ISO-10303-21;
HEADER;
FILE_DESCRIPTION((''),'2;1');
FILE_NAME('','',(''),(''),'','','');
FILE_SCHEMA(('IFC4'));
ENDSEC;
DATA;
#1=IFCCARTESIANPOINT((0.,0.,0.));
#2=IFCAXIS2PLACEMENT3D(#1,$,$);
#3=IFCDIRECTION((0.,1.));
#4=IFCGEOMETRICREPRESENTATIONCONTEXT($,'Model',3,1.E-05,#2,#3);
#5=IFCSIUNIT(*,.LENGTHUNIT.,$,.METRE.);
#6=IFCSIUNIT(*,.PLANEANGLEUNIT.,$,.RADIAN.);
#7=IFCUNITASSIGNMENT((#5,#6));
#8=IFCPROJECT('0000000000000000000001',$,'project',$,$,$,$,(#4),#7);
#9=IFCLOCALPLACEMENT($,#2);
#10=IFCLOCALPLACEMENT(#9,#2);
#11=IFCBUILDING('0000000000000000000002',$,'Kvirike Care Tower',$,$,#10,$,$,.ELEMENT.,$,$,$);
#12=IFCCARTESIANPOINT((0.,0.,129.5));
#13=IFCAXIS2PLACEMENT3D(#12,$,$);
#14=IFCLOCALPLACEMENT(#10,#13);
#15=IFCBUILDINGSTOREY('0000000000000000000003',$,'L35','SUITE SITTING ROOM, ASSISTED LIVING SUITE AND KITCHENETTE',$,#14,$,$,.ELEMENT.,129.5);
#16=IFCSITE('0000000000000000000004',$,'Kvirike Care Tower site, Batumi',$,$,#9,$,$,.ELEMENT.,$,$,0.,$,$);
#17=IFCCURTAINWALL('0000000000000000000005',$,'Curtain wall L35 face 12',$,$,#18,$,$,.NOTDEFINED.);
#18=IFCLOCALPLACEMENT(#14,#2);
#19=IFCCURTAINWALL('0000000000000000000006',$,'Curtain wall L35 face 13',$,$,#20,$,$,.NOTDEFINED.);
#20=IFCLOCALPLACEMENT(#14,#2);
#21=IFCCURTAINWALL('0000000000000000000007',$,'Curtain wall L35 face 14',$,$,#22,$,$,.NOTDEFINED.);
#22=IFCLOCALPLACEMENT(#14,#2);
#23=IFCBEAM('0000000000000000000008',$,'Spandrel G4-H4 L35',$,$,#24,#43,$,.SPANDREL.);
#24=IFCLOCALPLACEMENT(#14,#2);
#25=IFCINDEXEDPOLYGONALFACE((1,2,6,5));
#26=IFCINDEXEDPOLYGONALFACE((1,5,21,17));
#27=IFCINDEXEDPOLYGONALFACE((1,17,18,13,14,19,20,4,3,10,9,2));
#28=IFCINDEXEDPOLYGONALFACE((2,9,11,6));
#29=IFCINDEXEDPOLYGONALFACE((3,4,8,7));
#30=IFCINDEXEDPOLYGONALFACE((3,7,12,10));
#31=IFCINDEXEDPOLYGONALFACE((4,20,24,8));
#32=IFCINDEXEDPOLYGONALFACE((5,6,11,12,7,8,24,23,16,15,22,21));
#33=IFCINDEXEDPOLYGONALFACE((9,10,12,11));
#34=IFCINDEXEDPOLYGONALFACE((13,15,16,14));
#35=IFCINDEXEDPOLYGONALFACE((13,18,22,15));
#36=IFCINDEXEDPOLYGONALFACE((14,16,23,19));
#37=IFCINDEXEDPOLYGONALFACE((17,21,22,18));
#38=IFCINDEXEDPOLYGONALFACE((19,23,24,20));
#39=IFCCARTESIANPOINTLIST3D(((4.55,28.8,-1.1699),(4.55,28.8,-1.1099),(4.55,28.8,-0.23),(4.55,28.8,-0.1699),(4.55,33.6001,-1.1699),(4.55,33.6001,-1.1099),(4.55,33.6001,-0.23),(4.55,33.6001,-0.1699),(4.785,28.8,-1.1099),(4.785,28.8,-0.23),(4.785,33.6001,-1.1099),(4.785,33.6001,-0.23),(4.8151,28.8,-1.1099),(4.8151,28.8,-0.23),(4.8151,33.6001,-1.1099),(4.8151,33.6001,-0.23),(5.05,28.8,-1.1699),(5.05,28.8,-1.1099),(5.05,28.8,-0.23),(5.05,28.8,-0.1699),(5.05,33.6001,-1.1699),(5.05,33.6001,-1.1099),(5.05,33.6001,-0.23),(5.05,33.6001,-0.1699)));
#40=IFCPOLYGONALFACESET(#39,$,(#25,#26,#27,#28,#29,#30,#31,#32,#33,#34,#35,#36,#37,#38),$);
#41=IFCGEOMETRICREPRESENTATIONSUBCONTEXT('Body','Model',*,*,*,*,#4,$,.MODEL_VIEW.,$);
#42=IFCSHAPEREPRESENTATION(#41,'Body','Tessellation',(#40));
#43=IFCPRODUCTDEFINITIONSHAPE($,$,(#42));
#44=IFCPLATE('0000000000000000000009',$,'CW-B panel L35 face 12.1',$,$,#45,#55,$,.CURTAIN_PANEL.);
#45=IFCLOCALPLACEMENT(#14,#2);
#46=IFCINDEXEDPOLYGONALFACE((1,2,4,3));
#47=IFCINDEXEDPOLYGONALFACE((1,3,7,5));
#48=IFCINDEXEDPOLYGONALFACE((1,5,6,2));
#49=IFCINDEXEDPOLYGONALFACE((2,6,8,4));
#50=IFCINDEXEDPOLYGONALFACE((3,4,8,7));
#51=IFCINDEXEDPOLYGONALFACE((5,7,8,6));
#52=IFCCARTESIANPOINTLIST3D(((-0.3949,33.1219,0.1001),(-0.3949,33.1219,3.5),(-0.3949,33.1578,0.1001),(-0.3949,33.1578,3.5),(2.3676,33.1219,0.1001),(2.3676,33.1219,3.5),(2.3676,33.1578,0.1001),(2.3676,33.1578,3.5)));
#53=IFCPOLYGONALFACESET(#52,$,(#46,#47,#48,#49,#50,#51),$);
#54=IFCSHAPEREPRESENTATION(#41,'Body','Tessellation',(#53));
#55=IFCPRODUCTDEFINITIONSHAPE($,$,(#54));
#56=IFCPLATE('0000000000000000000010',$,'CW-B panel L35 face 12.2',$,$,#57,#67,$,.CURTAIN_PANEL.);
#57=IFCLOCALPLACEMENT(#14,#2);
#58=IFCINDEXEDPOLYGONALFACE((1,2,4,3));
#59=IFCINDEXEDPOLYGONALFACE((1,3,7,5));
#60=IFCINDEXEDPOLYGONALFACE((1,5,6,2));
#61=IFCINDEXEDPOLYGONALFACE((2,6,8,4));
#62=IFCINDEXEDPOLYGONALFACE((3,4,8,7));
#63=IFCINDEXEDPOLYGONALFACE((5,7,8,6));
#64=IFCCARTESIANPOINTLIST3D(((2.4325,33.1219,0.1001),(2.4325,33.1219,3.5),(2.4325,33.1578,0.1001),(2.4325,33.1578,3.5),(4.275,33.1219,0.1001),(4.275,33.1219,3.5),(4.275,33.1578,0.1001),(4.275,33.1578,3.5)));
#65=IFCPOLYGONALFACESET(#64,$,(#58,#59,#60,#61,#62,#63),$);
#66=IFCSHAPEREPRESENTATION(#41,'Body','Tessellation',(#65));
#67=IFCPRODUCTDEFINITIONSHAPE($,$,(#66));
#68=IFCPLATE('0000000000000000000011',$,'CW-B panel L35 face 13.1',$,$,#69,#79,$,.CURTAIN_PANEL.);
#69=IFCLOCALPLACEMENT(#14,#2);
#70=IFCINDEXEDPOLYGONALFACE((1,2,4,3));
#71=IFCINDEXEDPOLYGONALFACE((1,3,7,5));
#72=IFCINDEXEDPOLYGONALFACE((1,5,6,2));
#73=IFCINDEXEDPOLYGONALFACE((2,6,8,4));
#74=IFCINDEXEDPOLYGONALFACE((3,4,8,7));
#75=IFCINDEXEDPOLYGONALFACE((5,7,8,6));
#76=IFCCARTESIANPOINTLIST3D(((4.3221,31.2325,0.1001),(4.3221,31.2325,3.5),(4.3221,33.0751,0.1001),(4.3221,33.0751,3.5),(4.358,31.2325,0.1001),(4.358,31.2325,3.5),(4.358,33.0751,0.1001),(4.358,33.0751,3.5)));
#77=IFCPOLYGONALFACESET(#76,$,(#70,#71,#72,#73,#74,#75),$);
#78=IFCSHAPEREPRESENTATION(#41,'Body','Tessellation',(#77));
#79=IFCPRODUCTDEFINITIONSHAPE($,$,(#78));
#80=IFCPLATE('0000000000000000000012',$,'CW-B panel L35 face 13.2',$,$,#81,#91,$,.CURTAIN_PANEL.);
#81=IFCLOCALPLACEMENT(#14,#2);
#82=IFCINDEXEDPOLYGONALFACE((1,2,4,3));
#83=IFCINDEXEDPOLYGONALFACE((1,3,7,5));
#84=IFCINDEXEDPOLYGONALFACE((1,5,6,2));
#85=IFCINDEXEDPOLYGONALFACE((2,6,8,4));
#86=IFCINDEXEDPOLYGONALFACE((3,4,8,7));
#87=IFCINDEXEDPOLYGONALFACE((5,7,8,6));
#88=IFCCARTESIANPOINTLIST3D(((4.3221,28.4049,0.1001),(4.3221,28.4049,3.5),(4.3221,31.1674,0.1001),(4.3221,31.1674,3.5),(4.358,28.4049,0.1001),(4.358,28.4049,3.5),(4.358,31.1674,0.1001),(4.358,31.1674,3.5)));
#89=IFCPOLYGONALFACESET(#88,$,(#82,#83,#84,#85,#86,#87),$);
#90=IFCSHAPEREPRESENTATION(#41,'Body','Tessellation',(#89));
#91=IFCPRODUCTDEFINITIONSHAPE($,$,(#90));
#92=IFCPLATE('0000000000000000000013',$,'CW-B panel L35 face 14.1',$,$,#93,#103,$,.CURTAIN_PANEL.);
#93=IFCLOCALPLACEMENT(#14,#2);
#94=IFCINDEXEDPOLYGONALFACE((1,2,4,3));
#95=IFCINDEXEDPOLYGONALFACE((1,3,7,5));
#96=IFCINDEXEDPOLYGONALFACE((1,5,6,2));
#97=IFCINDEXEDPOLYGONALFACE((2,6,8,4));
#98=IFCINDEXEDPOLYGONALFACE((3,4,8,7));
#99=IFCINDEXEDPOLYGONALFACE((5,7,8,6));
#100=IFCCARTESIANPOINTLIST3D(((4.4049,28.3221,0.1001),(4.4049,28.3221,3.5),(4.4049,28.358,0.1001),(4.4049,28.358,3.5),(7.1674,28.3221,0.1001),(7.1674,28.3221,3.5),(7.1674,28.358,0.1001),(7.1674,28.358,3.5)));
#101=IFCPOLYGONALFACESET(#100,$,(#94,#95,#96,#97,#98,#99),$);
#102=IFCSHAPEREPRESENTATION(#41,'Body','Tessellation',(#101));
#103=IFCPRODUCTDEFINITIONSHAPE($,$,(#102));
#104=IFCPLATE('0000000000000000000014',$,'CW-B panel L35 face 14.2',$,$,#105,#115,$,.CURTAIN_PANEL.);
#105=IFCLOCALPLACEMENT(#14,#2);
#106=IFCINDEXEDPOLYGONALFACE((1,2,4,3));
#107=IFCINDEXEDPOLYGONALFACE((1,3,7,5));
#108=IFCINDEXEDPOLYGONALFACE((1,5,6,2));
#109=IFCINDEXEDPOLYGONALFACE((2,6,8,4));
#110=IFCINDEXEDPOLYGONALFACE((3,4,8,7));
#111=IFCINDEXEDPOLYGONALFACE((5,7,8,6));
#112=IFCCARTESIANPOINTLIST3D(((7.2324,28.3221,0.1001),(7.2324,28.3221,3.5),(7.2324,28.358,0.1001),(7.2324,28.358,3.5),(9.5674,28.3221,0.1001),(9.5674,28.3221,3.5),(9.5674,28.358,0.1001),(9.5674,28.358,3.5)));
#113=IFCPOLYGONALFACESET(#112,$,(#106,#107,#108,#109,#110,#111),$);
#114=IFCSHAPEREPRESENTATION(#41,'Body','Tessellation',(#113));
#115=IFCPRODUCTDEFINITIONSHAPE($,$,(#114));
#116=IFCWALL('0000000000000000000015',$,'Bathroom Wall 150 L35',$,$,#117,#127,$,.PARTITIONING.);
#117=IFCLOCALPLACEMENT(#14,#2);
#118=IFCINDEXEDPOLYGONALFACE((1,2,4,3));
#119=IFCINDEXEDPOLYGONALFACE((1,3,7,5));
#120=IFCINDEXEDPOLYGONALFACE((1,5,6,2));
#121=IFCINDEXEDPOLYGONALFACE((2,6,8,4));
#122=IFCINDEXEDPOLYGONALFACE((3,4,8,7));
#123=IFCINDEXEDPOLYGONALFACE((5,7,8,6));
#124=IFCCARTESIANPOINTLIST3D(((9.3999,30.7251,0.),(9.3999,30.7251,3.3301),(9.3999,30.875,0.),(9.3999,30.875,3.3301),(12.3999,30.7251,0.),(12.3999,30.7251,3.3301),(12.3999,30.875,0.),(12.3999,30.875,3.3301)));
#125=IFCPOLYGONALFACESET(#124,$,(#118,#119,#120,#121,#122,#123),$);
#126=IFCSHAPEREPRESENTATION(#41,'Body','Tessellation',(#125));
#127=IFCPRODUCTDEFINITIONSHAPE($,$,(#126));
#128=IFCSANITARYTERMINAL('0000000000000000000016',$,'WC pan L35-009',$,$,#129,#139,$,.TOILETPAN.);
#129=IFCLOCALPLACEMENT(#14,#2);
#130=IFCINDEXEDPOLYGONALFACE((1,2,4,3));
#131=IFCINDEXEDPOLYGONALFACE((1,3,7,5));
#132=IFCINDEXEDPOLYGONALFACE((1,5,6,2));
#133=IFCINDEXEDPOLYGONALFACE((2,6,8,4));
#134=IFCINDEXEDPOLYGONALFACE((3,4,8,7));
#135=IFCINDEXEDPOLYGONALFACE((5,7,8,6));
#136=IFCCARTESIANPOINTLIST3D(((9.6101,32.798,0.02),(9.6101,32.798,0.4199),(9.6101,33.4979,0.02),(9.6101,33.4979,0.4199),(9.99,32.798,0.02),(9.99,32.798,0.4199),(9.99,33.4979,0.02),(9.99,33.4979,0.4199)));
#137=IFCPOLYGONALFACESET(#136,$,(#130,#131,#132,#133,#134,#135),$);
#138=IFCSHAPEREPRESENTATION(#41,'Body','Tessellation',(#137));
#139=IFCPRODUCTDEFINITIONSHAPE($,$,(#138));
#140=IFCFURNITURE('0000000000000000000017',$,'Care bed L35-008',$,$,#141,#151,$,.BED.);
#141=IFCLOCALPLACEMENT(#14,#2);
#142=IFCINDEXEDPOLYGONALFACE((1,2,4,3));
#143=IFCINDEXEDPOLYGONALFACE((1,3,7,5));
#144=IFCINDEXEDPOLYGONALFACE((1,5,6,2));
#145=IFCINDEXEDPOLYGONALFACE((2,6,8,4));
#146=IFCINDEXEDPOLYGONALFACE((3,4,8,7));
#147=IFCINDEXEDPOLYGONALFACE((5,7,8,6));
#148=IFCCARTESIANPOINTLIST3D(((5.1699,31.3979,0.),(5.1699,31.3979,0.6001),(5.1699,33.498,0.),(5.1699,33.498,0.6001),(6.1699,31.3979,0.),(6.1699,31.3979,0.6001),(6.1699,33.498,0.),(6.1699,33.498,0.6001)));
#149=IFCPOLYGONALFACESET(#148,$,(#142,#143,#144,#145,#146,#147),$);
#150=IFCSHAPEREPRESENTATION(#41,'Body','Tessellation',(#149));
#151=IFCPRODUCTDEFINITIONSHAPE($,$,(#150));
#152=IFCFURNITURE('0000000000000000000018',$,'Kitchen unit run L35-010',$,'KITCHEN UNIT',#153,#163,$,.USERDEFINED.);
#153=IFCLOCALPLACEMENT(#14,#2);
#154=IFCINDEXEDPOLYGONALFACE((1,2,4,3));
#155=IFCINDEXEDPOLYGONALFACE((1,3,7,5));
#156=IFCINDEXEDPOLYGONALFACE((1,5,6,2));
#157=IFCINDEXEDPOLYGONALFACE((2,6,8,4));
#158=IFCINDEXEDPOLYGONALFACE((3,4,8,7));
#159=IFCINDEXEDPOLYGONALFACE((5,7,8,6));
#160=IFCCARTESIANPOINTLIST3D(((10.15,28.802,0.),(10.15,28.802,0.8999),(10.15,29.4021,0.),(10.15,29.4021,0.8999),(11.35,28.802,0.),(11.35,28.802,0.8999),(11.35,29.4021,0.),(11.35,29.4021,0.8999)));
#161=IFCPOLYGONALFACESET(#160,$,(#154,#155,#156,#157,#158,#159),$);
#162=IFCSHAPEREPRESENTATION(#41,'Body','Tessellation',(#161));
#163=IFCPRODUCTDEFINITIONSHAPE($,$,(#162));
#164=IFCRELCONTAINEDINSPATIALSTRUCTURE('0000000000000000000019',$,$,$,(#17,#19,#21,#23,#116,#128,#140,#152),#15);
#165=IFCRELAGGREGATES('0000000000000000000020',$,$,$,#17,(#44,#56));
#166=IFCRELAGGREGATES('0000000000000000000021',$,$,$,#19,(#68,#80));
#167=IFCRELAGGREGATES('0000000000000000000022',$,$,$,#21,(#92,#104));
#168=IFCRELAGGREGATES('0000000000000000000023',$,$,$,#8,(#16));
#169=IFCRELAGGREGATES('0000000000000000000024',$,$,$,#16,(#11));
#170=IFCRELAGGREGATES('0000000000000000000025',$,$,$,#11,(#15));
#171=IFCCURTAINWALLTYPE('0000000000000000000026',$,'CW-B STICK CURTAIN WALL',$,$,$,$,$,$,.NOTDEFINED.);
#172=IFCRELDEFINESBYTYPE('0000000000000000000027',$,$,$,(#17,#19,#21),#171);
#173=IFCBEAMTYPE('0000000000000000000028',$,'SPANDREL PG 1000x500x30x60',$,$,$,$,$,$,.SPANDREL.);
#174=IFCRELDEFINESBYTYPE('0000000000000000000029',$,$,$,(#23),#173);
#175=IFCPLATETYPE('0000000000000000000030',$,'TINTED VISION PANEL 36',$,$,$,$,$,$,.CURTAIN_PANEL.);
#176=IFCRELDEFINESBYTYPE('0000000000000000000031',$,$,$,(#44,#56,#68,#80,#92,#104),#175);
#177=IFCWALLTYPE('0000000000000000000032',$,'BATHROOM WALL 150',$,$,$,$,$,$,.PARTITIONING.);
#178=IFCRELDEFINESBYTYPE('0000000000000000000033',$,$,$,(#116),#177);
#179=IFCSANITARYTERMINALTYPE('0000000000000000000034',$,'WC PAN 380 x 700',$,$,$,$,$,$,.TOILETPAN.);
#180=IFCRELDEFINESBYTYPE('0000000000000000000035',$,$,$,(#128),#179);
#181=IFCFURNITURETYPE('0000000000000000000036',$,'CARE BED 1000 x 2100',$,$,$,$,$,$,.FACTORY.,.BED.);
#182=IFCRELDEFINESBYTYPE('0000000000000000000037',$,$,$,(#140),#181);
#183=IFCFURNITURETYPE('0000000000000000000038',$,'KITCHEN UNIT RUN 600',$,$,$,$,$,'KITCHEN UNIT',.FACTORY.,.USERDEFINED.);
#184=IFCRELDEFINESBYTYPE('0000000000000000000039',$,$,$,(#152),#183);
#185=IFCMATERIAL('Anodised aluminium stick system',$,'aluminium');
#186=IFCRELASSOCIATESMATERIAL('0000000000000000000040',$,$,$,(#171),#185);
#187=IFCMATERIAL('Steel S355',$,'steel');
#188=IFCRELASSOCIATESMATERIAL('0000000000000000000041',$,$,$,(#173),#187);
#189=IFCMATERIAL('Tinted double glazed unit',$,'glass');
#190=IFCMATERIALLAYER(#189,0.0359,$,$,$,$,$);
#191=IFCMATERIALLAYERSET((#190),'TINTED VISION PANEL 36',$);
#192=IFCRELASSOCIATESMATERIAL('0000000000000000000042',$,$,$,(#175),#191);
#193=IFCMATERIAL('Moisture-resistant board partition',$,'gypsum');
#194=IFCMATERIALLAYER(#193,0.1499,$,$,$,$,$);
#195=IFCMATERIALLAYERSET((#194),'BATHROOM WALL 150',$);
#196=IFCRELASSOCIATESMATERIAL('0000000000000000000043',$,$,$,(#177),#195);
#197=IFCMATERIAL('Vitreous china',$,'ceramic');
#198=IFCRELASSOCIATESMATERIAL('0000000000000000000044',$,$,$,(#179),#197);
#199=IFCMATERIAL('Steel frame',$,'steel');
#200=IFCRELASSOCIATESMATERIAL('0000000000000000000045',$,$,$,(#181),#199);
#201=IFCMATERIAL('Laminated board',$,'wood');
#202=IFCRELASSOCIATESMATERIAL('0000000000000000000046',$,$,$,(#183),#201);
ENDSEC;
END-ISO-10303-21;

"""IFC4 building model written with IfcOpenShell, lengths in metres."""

from ifc_helpers import new_model, si_unit, direction, frame, frame_2d, origin, origin_2d, place, context, subcontext, project, spatial, rectangle, i_section, extrude, material, layer, layer_set, material_profile, profile_set, type_object, element, aggregate, save


model = new_model("IFC4")

# Units and contexts
model_context = context("Model", 3, precision=1e-05, world=origin(), true_north=direction((0.0, 1.0)))
body_context = subcontext(model_context, "Body", "Model", "MODEL_VIEW")
ifc_project = project(units=[si_unit("LENGTHUNIT", "METRE"), si_unit("PLANEANGLEUNIT", "RADIAN")], contexts=[model_context])

# Site, building, storey
site_placement = place(None, origin())
site = spatial("IfcSite", under=ifc_project, at=site_placement, Name="Kvirike Care Tower site, Batumi", CompositionType="ELEMENT", RefElevation=0.0)
building_placement = place(site_placement, origin())
building = spatial("IfcBuilding", under=site, at=building_placement, Name="Kvirike Care Tower", CompositionType="ELEMENT")
storey_placement = place(building_placement, frame((0.0, 0.0, 129.5)))
storey = spatial("IfcBuildingStorey", under=building, at=storey_placement, Name="L35", Description="SUITE SITTING ROOM, ASSISTED LIVING SUITE AND KITCHENETTE", CompositionType="ELEMENT", Elevation=129.5)

# Curtain walls
ifc_material_1 = material(Name="Anodised aluminium stick system", Category="aluminium")
curtain_wall_type = type_object("IfcCurtainWallType", Name="CW-B STICK CURTAIN WALL", PredefinedType="NOTDEFINED", material=ifc_material_1)
curtain_wall_1_placement = place(storey_placement, origin())
curtain_wall_1 = element("IfcCurtainWall", 1, at=curtain_wall_1_placement, inside=storey, type_object=curtain_wall_type, Name="Curtain wall L35 face 12", PredefinedType="NOTDEFINED")
curtain_wall_2_placement = place(storey_placement, origin())
curtain_wall_2 = element("IfcCurtainWall", 2, at=curtain_wall_2_placement, inside=storey, type_object=curtain_wall_type, Name="Curtain wall L35 face 13", PredefinedType="NOTDEFINED")
curtain_wall_3_placement = place(storey_placement, origin())
curtain_wall_3 = element("IfcCurtainWall", 3, at=curtain_wall_3_placement, inside=storey, type_object=curtain_wall_type, Name="Curtain wall L35 face 14", PredefinedType="NOTDEFINED")

# Beam
ifc_material_2 = material(Name="Steel S355", Category="steel")
ifc_material_profile_1 = material_profile(ifc_material_2, i_section(OverallWidth=0.5, OverallDepth=1.0, WebThickness=0.03, FlangeThickness=0.0601, at=origin_2d()), Name="PG 1000x500x30x60")
ifc_profile_set_1 = profile_set([ifc_material_profile_1], Name="Steel S355")
beam_type = type_object("IfcBeamType", Name="SPANDREL PG 1000x500x30x60", PredefinedType="SPANDREL", material=ifc_profile_set_1)
beam_1_placement = place(storey_placement, frame((4.8, 28.8, -0.6699), z_axis=(0.0, 1.0, 0.0), x_axis=(-1.0, 0.0, 0.0)))
element("IfcBeam", 4, at=beam_1_placement, inside=storey, type_object=beam_type, Name="Spandrel G4-H4 L35", PredefinedType="SPANDREL", context=body_context, shape_type="SweptSolid", body=[
    extrude(i_section(OverallWidth=0.5, OverallDepth=1.0, WebThickness=0.03, FlangeThickness=0.0601, at=origin_2d()), origin(), (0.0, 0.0, 1.0), 4.8),
])

# Plates
ifc_material_3 = material(Name="Tinted double glazed unit", Category="glass")
ifc_layer_1 = layer(ifc_material_3, 0.0359)
ifc_layer_set_1 = layer_set([ifc_layer_1], Name="TINTED VISION PANEL 36")
plate_type = type_object("IfcPlateType", Name="TINTED VISION PANEL 36", PredefinedType="CURTAIN_PANEL", material=ifc_layer_set_1)
plate_1_placement = place(storey_placement, frame((0.9863, 33.1399, 0.1001), z_axis=(0.0, 0.0, 1.0), x_axis=(1.0, 0.0, 0.0)))
plate_1 = element("IfcPlate", 5, at=plate_1_placement, type_object=plate_type, Name="CW-B panel L35 face 12.1", PredefinedType="CURTAIN_PANEL", context=body_context, shape_type="SweptSolid", body=[
    extrude(rectangle(XDim=2.7625, YDim=0.0359, at=origin_2d()), origin(), (0.0, 0.0, 1.0), 3.3999),
])
plate_2_placement = place(storey_placement, frame((3.3538, 33.1399, 0.1001), z_axis=(0.0, 0.0, 1.0), x_axis=(1.0, 0.0, 0.0)))
plate_2 = element("IfcPlate", 6, at=plate_2_placement, type_object=plate_type, Name="CW-B panel L35 face 12.2", PredefinedType="CURTAIN_PANEL", context=body_context, shape_type="SweptSolid", body=[
    extrude(rectangle(XDim=1.8425, YDim=0.0359, at=origin_2d()), origin(), (0.0, 0.0, 1.0), 3.3999),
])
aggregate(curtain_wall_1, [plate_1, plate_2])
plate_3_placement = place(storey_placement, frame((4.3401, 32.1538, 0.1001), z_axis=(0.0, 0.0, 1.0), x_axis=(0.0, -1.0, 0.0)))
plate_3 = element("IfcPlate", 7, at=plate_3_placement, type_object=plate_type, Name="CW-B panel L35 face 13.1", PredefinedType="CURTAIN_PANEL", context=body_context, shape_type="SweptSolid", body=[
    extrude(rectangle(XDim=1.8425, YDim=0.0359, at=origin_2d()), origin(), (0.0, 0.0, 1.0), 3.3999),
])
plate_4_placement = place(storey_placement, frame((4.3401, 29.7861, 0.1001), z_axis=(0.0, 0.0, 1.0), x_axis=(0.0, -1.0, 0.0)))
plate_4 = element("IfcPlate", 8, at=plate_4_placement, type_object=plate_type, Name="CW-B panel L35 face 13.2", PredefinedType="CURTAIN_PANEL", context=body_context, shape_type="SweptSolid", body=[
    extrude(rectangle(XDim=2.7625, YDim=0.0359, at=origin_2d()), origin(), (0.0, 0.0, 1.0), 3.3999),
])
aggregate(curtain_wall_2, [plate_3, plate_4])
plate_5_placement = place(storey_placement, frame((5.7861, 28.3401, 0.1001), z_axis=(0.0, 0.0, 1.0), x_axis=(1.0, 0.0, 0.0)))
plate_5 = element("IfcPlate", 9, at=plate_5_placement, type_object=plate_type, Name="CW-B panel L35 face 14.1", PredefinedType="CURTAIN_PANEL", context=body_context, shape_type="SweptSolid", body=[
    extrude(rectangle(XDim=2.7625, YDim=0.0359, at=origin_2d()), origin(), (0.0, 0.0, 1.0), 3.3999),
])
plate_6_placement = place(storey_placement, frame((8.3999, 28.3401, 0.1001), z_axis=(0.0, 0.0, 1.0), x_axis=(1.0, 0.0, 0.0)))
plate_6 = element("IfcPlate", 10, at=plate_6_placement, type_object=plate_type, Name="CW-B panel L35 face 14.2", PredefinedType="CURTAIN_PANEL", context=body_context, shape_type="SweptSolid", body=[
    extrude(rectangle(XDim=2.335, YDim=0.0359, at=origin_2d()), origin(), (0.0, 0.0, 1.0), 3.3999),
])
aggregate(curtain_wall_3, [plate_5, plate_6])

# Wall
ifc_material_4 = material(Name="Moisture-resistant board partition", Category="gypsum")
ifc_layer_2 = layer(ifc_material_4, 0.1499)
ifc_layer_set_2 = layer_set([ifc_layer_2], Name="BATHROOM WALL 150")
wall_type = type_object("IfcWallType", Name="BATHROOM WALL 150", PredefinedType="PARTITIONING", material=ifc_layer_set_2)
wall_placement = place(storey_placement, frame((9.3999, 30.8, 0.0), z_axis=(0.0, 0.0, 1.0), x_axis=(1.0, 0.0, 0.0)))
element("IfcWall", 11, at=wall_placement, inside=storey, type_object=wall_type, Name="Bathroom Wall 150 L35", PredefinedType="PARTITIONING", context=body_context, shape_type="SweptSolid", body=[
    extrude(rectangle(XDim=3.0, YDim=0.1499, at=frame_2d((1.5, 0.0))), origin(), (0.0, 0.0, 1.0), 3.3301),
])

# Sanitary terminal
ifc_material_5 = material(Name="Vitreous china", Category="ceramic")
sanitary_terminal_type = type_object("IfcSanitaryTerminalType", Name="WC PAN 380 x 700", PredefinedType="TOILETPAN", material=ifc_material_5)
sanitary_terminal_placement = place(storey_placement, frame((9.8, 33.1479, 0.02), z_axis=(0.0, 0.0, 1.0), x_axis=(1.0, 0.0, 0.0)))
element("IfcSanitaryTerminal", 12, at=sanitary_terminal_placement, inside=storey, type_object=sanitary_terminal_type, Name="WC pan L35-009", PredefinedType="TOILETPAN", context=body_context, shape_type="SweptSolid", body=[
    extrude(rectangle(XDim=0.3799, YDim=0.7, at=origin_2d()), origin(), (0.0, 0.0, 1.0), 0.3999),
])

# Furniture
ifc_material_6 = material(Name="Steel frame", Category="steel")
furniture_type_1 = type_object("IfcFurnitureType", Name="CARE BED 1000 x 2100", AssemblyPlace="FACTORY", PredefinedType="BED", material=ifc_material_6)
furniture_1_placement = place(storey_placement, frame((5.6699, 32.448, 0.0), z_axis=(0.0, 0.0, 1.0), x_axis=(1.0, 0.0, 0.0)))
element("IfcFurniture", 13, at=furniture_1_placement, inside=storey, type_object=furniture_type_1, Name="Care bed L35-008", PredefinedType="BED", context=body_context, shape_type="SweptSolid", body=[
    extrude(rectangle(XDim=1.0, YDim=2.1001, at=origin_2d()), origin(), (0.0, 0.0, 1.0), 0.6001),
])
ifc_material_7 = material(Name="Laminated board", Category="wood")
furniture_type_2 = type_object("IfcFurnitureType", Name="KITCHEN UNIT RUN 600", ElementType="KITCHEN UNIT", AssemblyPlace="FACTORY", PredefinedType="USERDEFINED", material=ifc_material_7)
furniture_2_placement = place(storey_placement, frame((10.75, 29.1021, 0.0), z_axis=(0.0, 0.0, 1.0), x_axis=(-1.0, 0.0, 0.0)))
element("IfcFurniture", 14, at=furniture_2_placement, inside=storey, type_object=furniture_type_2, Name="Kitchen unit run L35-010", ObjectType="KITCHEN UNIT", PredefinedType="USERDEFINED", context=body_context, shape_type="SweptSolid", body=[
    extrude(rectangle(XDim=1.2, YDim=0.6001, at=origin_2d()), origin(), (0.0, 0.0, 1.0), 0.8999),
])

save(model, "model.ifc")
